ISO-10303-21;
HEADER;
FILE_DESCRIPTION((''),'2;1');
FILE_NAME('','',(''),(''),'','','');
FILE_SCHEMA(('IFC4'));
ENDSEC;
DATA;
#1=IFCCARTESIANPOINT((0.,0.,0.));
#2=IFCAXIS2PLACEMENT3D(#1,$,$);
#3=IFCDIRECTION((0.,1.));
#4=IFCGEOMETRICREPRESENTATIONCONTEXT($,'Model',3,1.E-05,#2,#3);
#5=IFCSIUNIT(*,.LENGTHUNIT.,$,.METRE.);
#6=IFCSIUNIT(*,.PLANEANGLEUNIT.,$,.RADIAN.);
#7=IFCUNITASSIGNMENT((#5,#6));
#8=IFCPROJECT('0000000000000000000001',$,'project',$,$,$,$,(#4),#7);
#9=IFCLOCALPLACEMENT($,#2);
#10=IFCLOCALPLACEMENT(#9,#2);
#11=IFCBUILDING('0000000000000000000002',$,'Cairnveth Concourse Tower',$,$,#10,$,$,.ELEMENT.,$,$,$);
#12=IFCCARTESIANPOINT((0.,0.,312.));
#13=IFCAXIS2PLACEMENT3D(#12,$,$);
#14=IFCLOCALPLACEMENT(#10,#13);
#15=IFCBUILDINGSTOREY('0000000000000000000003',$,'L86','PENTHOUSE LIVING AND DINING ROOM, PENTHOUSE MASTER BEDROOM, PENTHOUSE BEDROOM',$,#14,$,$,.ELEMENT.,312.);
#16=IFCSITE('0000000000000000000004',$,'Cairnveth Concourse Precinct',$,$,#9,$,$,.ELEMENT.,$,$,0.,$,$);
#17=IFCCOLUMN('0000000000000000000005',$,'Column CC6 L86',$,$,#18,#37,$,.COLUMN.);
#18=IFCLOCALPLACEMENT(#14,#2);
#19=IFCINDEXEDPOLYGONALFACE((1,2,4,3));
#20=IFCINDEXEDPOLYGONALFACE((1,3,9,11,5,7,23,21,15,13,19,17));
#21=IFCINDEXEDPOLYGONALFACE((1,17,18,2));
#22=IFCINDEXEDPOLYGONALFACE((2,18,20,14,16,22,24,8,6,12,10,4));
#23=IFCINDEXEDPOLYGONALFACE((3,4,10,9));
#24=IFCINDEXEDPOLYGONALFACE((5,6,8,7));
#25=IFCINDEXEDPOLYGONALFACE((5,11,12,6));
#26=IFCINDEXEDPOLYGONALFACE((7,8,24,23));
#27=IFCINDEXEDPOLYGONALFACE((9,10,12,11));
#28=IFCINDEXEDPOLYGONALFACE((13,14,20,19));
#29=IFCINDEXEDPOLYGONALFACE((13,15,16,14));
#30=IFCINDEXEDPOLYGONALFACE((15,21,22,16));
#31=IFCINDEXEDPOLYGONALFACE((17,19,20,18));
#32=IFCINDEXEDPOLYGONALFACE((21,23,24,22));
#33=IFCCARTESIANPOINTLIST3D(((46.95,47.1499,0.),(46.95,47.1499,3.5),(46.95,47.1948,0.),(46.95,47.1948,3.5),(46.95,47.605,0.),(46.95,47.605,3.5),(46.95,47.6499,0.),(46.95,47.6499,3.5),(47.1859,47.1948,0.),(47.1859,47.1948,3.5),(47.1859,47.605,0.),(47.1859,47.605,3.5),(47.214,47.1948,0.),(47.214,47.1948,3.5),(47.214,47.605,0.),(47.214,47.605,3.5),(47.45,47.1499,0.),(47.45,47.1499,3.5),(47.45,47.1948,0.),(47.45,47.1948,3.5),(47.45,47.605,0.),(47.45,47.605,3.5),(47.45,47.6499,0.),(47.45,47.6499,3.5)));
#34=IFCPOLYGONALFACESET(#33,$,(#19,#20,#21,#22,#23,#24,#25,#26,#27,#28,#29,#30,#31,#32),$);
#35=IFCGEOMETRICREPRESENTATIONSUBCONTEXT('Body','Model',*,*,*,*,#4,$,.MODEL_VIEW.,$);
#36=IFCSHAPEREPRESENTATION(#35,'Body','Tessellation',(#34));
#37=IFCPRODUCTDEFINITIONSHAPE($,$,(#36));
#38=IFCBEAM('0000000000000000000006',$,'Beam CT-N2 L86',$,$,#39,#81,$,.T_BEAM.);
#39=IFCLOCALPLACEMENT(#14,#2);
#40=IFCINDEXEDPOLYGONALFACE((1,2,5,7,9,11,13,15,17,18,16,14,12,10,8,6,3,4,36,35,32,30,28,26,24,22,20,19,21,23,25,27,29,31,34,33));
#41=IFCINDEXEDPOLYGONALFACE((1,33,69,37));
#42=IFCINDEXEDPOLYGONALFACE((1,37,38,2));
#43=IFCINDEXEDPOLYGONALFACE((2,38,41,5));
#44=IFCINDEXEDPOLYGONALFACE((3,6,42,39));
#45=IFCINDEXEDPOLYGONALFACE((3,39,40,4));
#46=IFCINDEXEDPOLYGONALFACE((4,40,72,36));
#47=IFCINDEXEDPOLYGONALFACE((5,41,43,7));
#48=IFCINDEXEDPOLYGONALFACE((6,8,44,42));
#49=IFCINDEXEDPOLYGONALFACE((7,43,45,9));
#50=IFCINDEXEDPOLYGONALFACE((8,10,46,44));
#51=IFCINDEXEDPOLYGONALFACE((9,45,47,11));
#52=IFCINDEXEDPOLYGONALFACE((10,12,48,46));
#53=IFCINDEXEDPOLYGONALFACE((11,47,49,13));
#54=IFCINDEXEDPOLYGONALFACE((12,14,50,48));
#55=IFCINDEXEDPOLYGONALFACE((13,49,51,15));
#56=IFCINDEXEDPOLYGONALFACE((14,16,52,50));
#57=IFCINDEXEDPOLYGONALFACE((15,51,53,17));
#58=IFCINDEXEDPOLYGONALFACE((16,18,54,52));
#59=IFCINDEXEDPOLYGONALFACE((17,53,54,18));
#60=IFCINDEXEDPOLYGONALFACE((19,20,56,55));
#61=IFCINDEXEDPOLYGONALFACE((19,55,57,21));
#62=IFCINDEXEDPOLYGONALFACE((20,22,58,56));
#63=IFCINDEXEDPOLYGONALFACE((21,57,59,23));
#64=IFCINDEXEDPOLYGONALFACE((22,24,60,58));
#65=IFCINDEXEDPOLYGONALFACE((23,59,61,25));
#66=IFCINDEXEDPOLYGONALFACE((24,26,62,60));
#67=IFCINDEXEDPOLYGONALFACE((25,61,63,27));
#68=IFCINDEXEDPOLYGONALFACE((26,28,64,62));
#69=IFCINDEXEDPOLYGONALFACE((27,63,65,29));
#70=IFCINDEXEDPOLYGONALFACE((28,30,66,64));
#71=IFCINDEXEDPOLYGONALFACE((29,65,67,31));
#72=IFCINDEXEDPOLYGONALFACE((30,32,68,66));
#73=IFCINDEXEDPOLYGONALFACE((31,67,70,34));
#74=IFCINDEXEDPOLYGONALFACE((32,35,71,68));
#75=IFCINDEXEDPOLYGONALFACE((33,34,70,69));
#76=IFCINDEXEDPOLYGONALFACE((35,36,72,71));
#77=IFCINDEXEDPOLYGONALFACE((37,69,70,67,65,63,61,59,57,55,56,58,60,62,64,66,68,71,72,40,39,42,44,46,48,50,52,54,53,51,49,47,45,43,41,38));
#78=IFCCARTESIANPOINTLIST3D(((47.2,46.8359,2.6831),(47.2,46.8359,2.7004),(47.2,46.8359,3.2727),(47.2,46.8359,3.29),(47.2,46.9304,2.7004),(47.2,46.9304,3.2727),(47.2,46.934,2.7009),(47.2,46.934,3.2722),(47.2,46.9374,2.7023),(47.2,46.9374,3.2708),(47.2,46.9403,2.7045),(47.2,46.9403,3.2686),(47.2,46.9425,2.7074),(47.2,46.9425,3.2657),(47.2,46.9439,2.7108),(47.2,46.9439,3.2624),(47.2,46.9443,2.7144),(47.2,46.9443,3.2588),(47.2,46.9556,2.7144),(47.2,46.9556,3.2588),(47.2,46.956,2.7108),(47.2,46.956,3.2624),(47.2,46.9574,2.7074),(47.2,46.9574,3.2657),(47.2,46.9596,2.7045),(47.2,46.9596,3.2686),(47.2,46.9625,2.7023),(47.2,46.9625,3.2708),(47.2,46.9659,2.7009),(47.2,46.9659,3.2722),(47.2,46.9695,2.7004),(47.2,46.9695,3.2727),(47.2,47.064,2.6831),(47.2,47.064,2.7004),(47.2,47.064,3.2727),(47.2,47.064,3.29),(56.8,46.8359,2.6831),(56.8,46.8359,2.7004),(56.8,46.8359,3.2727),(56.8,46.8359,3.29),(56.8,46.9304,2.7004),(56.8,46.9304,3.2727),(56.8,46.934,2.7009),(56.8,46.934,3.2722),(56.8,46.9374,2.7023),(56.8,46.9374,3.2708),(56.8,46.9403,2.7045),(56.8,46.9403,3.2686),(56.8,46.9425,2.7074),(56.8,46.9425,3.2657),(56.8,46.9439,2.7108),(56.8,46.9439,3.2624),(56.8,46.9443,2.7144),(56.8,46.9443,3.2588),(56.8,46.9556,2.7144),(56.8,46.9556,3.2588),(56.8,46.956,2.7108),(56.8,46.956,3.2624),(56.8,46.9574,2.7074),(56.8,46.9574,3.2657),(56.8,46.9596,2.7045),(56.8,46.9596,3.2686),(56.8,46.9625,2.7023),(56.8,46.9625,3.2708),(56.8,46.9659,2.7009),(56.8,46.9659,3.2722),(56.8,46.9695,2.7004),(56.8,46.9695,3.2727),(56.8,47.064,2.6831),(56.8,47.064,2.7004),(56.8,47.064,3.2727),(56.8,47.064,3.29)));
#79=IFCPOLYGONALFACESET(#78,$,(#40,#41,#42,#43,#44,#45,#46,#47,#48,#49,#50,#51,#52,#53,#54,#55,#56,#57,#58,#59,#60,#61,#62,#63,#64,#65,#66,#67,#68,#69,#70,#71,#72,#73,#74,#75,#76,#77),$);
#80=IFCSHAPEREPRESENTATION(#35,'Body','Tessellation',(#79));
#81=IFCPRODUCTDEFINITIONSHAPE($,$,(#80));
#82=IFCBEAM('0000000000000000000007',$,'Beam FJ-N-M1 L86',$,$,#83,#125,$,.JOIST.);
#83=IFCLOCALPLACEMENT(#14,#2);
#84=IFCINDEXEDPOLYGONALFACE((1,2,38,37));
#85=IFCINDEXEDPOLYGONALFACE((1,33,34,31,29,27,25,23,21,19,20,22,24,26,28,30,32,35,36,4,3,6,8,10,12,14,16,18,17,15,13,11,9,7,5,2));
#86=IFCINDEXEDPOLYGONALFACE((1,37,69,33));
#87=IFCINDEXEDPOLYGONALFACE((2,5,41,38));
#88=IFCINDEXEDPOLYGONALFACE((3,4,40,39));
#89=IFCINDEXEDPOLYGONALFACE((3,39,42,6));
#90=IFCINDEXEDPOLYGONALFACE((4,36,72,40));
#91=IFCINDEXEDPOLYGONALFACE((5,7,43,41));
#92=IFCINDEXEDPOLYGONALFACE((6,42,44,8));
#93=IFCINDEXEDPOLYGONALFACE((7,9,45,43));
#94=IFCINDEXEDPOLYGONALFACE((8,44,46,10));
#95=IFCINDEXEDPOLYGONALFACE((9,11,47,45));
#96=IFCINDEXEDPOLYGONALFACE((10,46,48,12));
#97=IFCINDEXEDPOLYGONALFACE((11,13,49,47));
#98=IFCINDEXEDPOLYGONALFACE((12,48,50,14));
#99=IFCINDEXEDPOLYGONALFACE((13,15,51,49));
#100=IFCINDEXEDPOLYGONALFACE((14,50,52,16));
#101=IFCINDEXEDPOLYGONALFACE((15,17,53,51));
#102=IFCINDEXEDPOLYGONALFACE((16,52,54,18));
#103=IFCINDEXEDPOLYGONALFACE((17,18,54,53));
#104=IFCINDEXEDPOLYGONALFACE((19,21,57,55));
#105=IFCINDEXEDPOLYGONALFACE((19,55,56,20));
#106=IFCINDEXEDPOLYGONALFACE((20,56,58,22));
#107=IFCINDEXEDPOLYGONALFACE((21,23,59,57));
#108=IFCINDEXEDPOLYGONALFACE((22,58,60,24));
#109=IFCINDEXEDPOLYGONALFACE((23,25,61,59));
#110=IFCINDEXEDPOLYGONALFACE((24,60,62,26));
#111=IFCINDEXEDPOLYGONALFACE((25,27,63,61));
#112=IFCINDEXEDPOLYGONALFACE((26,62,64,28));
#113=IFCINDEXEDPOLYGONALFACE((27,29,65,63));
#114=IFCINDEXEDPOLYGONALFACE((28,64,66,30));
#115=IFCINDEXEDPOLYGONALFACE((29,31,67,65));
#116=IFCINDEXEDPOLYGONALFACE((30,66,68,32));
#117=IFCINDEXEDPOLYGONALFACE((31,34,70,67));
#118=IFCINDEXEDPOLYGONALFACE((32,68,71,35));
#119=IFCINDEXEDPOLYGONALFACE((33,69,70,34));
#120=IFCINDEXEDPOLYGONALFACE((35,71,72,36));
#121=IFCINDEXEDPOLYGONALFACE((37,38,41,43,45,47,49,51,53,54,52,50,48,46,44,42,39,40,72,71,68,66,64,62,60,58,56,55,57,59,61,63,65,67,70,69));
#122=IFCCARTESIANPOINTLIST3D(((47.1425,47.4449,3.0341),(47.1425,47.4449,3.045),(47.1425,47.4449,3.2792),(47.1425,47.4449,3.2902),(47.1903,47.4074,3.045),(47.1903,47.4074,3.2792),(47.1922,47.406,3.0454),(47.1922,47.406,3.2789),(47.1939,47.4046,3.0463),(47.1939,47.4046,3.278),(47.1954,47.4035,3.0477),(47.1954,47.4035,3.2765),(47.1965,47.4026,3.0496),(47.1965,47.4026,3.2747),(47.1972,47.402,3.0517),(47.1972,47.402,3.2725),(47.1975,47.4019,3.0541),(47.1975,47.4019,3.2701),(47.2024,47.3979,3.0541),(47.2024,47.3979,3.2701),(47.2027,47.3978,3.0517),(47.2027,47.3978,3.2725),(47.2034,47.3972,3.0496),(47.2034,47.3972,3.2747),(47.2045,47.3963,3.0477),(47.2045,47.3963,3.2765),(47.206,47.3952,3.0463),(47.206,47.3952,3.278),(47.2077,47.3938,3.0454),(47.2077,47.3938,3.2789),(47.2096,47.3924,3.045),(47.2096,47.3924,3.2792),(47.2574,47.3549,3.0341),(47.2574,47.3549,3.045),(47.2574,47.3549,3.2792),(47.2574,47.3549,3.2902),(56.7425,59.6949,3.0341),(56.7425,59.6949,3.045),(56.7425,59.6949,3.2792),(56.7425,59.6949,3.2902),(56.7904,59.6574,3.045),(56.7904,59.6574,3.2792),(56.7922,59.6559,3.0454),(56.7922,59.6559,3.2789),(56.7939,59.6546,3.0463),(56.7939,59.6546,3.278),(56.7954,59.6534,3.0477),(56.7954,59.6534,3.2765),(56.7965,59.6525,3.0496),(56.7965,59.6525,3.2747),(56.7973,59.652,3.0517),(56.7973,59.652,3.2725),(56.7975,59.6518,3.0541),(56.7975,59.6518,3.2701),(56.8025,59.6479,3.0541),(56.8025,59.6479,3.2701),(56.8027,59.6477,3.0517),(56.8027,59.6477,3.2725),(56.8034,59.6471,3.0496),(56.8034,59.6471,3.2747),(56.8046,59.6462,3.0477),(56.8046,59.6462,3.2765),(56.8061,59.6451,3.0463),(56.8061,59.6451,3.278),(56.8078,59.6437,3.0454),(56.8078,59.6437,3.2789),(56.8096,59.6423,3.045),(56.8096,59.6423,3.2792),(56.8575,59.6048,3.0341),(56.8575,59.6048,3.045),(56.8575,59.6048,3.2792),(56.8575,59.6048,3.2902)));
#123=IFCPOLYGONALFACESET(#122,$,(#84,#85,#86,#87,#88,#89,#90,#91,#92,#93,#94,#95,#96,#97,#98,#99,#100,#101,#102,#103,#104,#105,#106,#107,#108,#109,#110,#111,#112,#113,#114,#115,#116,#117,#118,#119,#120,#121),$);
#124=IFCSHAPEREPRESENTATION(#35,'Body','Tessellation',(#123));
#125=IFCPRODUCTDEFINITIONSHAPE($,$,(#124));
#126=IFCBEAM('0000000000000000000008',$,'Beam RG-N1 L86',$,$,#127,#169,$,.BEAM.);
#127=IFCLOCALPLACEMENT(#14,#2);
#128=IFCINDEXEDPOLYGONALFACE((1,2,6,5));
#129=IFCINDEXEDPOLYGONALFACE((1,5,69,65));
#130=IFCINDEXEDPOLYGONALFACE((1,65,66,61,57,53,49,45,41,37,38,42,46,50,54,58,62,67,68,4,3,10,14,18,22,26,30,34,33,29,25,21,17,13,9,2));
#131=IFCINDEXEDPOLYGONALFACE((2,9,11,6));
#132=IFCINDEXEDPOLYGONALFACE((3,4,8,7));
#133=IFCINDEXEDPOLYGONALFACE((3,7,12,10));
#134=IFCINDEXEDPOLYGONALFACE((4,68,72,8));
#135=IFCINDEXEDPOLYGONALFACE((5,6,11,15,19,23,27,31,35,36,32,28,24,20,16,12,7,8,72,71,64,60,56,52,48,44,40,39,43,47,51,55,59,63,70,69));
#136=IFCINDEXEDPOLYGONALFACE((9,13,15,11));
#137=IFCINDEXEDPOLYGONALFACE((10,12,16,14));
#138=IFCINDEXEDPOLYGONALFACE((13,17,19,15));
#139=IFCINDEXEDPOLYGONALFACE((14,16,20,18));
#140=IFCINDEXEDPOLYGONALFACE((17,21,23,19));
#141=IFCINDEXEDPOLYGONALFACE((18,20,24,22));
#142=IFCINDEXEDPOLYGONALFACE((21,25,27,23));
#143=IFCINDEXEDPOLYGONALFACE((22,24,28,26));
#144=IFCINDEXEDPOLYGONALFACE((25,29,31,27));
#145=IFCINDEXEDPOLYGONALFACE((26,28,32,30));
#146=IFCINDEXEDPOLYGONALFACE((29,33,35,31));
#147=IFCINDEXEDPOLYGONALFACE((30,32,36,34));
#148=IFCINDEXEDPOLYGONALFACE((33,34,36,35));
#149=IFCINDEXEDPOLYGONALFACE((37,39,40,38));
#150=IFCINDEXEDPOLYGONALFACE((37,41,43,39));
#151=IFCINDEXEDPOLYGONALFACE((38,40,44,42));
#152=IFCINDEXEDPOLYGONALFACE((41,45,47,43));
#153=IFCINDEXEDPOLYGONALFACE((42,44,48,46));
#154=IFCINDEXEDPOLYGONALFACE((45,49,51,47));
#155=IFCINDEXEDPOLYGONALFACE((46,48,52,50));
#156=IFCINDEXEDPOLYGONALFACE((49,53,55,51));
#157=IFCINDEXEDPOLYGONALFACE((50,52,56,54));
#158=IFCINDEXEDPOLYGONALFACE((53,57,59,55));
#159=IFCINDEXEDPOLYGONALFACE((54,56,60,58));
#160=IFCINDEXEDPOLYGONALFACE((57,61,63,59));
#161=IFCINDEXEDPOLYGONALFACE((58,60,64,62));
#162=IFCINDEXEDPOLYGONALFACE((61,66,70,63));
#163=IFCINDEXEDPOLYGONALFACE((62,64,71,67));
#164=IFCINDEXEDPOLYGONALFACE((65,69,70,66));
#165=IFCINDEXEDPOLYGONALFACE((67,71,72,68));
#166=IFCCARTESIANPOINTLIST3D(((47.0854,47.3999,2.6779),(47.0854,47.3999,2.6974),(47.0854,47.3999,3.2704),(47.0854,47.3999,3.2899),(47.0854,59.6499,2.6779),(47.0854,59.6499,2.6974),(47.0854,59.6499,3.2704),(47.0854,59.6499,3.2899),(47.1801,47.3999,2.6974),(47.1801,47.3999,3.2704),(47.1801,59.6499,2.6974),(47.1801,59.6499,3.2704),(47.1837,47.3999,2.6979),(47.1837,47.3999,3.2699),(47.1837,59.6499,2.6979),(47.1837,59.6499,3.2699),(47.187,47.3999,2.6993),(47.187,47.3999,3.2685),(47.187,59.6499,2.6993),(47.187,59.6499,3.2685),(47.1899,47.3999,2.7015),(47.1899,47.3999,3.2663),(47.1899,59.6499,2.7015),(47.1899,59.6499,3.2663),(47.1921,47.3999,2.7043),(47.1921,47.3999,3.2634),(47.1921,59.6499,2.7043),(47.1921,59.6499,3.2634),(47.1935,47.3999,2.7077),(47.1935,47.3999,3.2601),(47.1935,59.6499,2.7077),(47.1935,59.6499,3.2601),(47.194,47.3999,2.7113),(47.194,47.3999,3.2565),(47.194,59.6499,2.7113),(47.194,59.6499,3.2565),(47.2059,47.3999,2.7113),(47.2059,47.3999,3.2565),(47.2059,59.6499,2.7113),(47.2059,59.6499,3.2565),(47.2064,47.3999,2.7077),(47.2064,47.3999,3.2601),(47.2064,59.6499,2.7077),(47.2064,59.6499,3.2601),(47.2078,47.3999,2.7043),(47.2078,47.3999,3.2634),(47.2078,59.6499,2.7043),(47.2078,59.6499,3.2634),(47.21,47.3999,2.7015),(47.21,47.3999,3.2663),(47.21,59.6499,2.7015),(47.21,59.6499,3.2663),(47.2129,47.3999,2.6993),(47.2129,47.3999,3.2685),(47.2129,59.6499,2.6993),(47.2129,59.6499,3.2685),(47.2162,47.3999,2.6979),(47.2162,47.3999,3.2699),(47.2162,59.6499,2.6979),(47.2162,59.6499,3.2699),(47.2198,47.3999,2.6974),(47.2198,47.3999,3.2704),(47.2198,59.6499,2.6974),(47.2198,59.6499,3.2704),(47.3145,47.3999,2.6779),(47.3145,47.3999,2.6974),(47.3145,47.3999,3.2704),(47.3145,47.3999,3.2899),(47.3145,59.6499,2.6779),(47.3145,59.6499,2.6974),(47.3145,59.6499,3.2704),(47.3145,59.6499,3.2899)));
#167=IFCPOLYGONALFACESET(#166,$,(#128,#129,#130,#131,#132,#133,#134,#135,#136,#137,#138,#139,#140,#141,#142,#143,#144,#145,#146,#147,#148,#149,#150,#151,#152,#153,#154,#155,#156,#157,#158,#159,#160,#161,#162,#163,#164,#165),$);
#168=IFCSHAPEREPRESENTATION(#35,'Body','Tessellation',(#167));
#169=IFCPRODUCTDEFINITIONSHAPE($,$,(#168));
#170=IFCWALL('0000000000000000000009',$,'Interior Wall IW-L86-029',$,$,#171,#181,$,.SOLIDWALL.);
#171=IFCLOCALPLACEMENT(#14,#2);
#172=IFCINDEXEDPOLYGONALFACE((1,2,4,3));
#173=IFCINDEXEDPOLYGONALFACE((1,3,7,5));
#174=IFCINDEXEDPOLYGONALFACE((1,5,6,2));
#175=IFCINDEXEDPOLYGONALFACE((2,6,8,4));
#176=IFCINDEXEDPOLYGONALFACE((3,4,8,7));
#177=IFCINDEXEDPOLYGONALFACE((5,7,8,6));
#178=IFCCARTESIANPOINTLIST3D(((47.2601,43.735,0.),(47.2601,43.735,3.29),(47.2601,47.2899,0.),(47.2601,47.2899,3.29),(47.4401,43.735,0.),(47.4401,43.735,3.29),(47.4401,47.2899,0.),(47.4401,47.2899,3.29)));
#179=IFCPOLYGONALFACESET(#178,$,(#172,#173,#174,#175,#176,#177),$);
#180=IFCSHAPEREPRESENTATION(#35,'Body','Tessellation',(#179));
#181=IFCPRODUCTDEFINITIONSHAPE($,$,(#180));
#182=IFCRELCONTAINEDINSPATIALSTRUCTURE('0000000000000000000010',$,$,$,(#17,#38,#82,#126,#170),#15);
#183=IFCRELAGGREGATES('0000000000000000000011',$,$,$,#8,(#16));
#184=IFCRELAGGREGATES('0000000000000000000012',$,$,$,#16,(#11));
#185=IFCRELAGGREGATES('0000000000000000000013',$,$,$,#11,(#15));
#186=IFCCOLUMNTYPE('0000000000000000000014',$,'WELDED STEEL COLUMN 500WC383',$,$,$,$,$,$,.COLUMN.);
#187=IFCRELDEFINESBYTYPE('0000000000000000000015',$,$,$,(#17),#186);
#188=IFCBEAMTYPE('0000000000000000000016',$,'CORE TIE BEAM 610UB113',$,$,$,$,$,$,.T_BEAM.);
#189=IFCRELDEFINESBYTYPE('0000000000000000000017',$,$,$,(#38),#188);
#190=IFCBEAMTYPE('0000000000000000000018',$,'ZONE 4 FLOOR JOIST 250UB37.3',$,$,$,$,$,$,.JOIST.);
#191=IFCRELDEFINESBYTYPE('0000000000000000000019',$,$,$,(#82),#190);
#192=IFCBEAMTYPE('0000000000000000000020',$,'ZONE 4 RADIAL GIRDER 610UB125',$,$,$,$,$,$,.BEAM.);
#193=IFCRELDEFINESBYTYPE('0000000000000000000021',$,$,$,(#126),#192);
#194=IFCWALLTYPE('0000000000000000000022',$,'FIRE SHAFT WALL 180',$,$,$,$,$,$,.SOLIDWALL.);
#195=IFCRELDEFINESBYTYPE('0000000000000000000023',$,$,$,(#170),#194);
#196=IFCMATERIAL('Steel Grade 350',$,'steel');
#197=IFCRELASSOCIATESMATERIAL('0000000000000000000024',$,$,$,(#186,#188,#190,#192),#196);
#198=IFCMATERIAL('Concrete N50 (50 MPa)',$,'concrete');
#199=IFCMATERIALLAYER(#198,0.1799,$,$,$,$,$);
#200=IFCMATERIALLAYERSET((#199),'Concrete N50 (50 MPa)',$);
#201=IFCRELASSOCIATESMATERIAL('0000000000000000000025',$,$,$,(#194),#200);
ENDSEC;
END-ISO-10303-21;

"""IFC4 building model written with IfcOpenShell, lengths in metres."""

from ifc_helpers import new_model, si_unit, direction, frame, frame_2d, origin, origin_2d, place, context, subcontext, project, spatial, rectangle, i_section, extrude, material, layer, layer_set, material_profile, profile_set, type_object, element, save


model = new_model("IFC4")

# Units and contexts
model_context = context("Model", 3, precision=1e-05, world=origin(), true_north=direction((0.0, 1.0)))
body_context = subcontext(model_context, "Body", "Model", "MODEL_VIEW")
ifc_project = project(units=[si_unit("LENGTHUNIT", "METRE"), si_unit("PLANEANGLEUNIT", "RADIAN")], contexts=[model_context])

# Site, building, storey
site_placement = place(None, origin())
site = spatial("IfcSite", under=ifc_project, at=site_placement, Name="Cairnveth Concourse Precinct", CompositionType="ELEMENT", RefElevation=0.0)
building_placement = place(site_placement, origin())
building = spatial("IfcBuilding", under=site, at=building_placement, Name="Cairnveth Concourse Tower", CompositionType="ELEMENT")
storey_placement = place(building_placement, frame((0.0, 0.0, 312.0)))
storey = spatial("IfcBuildingStorey", under=building, at=storey_placement, Name="L86", Description="PENTHOUSE LIVING AND DINING ROOM, PENTHOUSE MASTER BEDROOM, PENTHOUSE BEDROOM", CompositionType="ELEMENT", Elevation=312.0)

# Column
ifc_material_1 = material(Name="Steel Grade 350", Category="steel")
ifc_material_profile_1 = material_profile(ifc_material_1, i_section(OverallWidth=0.5, OverallDepth=0.5, WebThickness=0.0281, FlangeThickness=0.0449, at=origin_2d()), Name="500WC383")
ifc_profile_set_1 = profile_set([ifc_material_profile_1], Name="Steel Grade 350")
column_type = type_object("IfcColumnType", Name="WELDED STEEL COLUMN 500WC383", PredefinedType="COLUMN", material=ifc_profile_set_1)
column_placement = place(storey_placement, frame((47.2, 47.3999, 0.0), z_axis=(0.0, 0.0, 1.0), x_axis=(1.0, 0.0, 0.0)))
element("IfcColumn", 1, at=column_placement, inside=storey, type_object=column_type, Name="Column CC6 L86", PredefinedType="COLUMN", context=body_context, shape_type="SweptSolid", body=[
    extrude(i_section(OverallWidth=0.5, OverallDepth=0.5, WebThickness=0.0281, FlangeThickness=0.0449, at=origin_2d()), origin(), (0.0, 0.0, 1.0), 3.5),
])

# Beams
ifc_material_profile_2 = material_profile(ifc_material_1, i_section(OverallWidth=0.228, OverallDepth=0.6069, WebThickness=0.0112, FlangeThickness=0.0173, FilletRadius=0.0139, at=origin_2d()), Name="610UB113")
ifc_profile_set_2 = profile_set([ifc_material_profile_2], Name="Steel Grade 350")
beam_type_1 = type_object("IfcBeamType", Name="CORE TIE BEAM 610UB113", PredefinedType="T_BEAM", material=ifc_profile_set_2)
beam_1_placement = place(storey_placement, frame((47.2, 46.95, 2.9866), z_axis=(1.0, 0.0, 0.0), x_axis=(0.0, 1.0, 0.0)))
element("IfcBeam", 2, at=beam_1_placement, inside=storey, type_object=beam_type_1, Name="Beam CT-N2 L86", PredefinedType="T_BEAM", context=body_context, shape_type="SweptSolid", body=[
    extrude(i_section(OverallWidth=0.228, OverallDepth=0.6069, WebThickness=0.0112, FlangeThickness=0.0173, FilletRadius=0.0139, at=origin_2d()), origin(), (0.0, 0.0, 1.0), 9.6001),
])
ifc_material_profile_3 = material_profile(ifc_material_1, i_section(OverallWidth=0.146, OverallDepth=0.2561, WebThickness=0.0063, FlangeThickness=0.011, FilletRadius=0.009, at=origin_2d()), Name="250UB37.3")
ifc_profile_set_3 = profile_set([ifc_material_profile_3], Name="Steel Grade 350")
beam_type_2 = type_object("IfcBeamType", Name="ZONE 4 FLOOR JOIST 250UB37.3", PredefinedType="JOIST", material=ifc_profile_set_3)
beam_2_placement = place(storey_placement, frame((47.2, 47.3999, 3.1621), z_axis=(0.616832, 0.787095, 0.0), x_axis=(-0.787095, 0.616832, 0.0)))
element("IfcBeam", 3, at=beam_2_placement, inside=storey, type_object=beam_type_2, Name="Beam FJ-N-M1 L86", PredefinedType="JOIST", context=body_context, shape_type="SweptSolid", body=[
    extrude(i_section(OverallWidth=0.146, OverallDepth=0.2561, WebThickness=0.0063, FlangeThickness=0.011, FilletRadius=0.009, at=origin_2d()), origin(), (0.0, 0.0, 1.0), 15.5635),
])
ifc_material_profile_4 = material_profile(ifc_material_1, i_section(OverallWidth=0.229, OverallDepth=0.6121, WebThickness=0.012, FlangeThickness=0.0195, FilletRadius=0.0139, at=origin_2d()), Name="610UB125")
ifc_profile_set_4 = profile_set([ifc_material_profile_4], Name="Steel Grade 350")
beam_type_3 = type_object("IfcBeamType", Name="ZONE 4 RADIAL GIRDER 610UB125", PredefinedType="BEAM", material=ifc_profile_set_4)
beam_3_placement = place(storey_placement, frame((47.2, 47.3999, 2.9839), z_axis=(0.0, 1.0, 0.0), x_axis=(-1.0, 0.0, 0.0)))
element("IfcBeam", 4, at=beam_3_placement, inside=storey, type_object=beam_type_3, Name="Beam RG-N1 L86", PredefinedType="BEAM", context=body_context, shape_type="SweptSolid", body=[
    extrude(i_section(OverallWidth=0.229, OverallDepth=0.6121, WebThickness=0.012, FlangeThickness=0.0195, FilletRadius=0.0139, at=origin_2d()), origin(), (0.0, 0.0, 1.0), 12.25),
])

# Wall
ifc_material_2 = material(Name="Concrete N50 (50 MPa)", Category="concrete")
ifc_layer_1 = layer(ifc_material_2, 0.1799)
ifc_layer_set_1 = layer_set([ifc_layer_1], Name="Concrete N50 (50 MPa)")
wall_type_1 = type_object("IfcWallType", Name="FIRE SHAFT WALL 180", PredefinedType="SOLIDWALL", material=ifc_layer_set_1)
wall_1_placement = place(storey_placement, frame((47.3501, 43.7351, 0.0), z_axis=(0.0, 0.0, 1.0), x_axis=(0.0, 1.0, 0.0)))
element("IfcWall", 5, at=wall_1_placement, inside=storey, type_object=wall_type_1, Name="Interior Wall IW-L86-029", PredefinedType="SOLIDWALL", context=body_context, shape_type="SweptSolid", body=[
    extrude(rectangle(XDim=3.5549, YDim=0.1799, at=frame_2d((1.7773, 0.0))), origin(), (0.0, 0.0, 1.0), 3.29),
])

save(model, "model.ifc")
